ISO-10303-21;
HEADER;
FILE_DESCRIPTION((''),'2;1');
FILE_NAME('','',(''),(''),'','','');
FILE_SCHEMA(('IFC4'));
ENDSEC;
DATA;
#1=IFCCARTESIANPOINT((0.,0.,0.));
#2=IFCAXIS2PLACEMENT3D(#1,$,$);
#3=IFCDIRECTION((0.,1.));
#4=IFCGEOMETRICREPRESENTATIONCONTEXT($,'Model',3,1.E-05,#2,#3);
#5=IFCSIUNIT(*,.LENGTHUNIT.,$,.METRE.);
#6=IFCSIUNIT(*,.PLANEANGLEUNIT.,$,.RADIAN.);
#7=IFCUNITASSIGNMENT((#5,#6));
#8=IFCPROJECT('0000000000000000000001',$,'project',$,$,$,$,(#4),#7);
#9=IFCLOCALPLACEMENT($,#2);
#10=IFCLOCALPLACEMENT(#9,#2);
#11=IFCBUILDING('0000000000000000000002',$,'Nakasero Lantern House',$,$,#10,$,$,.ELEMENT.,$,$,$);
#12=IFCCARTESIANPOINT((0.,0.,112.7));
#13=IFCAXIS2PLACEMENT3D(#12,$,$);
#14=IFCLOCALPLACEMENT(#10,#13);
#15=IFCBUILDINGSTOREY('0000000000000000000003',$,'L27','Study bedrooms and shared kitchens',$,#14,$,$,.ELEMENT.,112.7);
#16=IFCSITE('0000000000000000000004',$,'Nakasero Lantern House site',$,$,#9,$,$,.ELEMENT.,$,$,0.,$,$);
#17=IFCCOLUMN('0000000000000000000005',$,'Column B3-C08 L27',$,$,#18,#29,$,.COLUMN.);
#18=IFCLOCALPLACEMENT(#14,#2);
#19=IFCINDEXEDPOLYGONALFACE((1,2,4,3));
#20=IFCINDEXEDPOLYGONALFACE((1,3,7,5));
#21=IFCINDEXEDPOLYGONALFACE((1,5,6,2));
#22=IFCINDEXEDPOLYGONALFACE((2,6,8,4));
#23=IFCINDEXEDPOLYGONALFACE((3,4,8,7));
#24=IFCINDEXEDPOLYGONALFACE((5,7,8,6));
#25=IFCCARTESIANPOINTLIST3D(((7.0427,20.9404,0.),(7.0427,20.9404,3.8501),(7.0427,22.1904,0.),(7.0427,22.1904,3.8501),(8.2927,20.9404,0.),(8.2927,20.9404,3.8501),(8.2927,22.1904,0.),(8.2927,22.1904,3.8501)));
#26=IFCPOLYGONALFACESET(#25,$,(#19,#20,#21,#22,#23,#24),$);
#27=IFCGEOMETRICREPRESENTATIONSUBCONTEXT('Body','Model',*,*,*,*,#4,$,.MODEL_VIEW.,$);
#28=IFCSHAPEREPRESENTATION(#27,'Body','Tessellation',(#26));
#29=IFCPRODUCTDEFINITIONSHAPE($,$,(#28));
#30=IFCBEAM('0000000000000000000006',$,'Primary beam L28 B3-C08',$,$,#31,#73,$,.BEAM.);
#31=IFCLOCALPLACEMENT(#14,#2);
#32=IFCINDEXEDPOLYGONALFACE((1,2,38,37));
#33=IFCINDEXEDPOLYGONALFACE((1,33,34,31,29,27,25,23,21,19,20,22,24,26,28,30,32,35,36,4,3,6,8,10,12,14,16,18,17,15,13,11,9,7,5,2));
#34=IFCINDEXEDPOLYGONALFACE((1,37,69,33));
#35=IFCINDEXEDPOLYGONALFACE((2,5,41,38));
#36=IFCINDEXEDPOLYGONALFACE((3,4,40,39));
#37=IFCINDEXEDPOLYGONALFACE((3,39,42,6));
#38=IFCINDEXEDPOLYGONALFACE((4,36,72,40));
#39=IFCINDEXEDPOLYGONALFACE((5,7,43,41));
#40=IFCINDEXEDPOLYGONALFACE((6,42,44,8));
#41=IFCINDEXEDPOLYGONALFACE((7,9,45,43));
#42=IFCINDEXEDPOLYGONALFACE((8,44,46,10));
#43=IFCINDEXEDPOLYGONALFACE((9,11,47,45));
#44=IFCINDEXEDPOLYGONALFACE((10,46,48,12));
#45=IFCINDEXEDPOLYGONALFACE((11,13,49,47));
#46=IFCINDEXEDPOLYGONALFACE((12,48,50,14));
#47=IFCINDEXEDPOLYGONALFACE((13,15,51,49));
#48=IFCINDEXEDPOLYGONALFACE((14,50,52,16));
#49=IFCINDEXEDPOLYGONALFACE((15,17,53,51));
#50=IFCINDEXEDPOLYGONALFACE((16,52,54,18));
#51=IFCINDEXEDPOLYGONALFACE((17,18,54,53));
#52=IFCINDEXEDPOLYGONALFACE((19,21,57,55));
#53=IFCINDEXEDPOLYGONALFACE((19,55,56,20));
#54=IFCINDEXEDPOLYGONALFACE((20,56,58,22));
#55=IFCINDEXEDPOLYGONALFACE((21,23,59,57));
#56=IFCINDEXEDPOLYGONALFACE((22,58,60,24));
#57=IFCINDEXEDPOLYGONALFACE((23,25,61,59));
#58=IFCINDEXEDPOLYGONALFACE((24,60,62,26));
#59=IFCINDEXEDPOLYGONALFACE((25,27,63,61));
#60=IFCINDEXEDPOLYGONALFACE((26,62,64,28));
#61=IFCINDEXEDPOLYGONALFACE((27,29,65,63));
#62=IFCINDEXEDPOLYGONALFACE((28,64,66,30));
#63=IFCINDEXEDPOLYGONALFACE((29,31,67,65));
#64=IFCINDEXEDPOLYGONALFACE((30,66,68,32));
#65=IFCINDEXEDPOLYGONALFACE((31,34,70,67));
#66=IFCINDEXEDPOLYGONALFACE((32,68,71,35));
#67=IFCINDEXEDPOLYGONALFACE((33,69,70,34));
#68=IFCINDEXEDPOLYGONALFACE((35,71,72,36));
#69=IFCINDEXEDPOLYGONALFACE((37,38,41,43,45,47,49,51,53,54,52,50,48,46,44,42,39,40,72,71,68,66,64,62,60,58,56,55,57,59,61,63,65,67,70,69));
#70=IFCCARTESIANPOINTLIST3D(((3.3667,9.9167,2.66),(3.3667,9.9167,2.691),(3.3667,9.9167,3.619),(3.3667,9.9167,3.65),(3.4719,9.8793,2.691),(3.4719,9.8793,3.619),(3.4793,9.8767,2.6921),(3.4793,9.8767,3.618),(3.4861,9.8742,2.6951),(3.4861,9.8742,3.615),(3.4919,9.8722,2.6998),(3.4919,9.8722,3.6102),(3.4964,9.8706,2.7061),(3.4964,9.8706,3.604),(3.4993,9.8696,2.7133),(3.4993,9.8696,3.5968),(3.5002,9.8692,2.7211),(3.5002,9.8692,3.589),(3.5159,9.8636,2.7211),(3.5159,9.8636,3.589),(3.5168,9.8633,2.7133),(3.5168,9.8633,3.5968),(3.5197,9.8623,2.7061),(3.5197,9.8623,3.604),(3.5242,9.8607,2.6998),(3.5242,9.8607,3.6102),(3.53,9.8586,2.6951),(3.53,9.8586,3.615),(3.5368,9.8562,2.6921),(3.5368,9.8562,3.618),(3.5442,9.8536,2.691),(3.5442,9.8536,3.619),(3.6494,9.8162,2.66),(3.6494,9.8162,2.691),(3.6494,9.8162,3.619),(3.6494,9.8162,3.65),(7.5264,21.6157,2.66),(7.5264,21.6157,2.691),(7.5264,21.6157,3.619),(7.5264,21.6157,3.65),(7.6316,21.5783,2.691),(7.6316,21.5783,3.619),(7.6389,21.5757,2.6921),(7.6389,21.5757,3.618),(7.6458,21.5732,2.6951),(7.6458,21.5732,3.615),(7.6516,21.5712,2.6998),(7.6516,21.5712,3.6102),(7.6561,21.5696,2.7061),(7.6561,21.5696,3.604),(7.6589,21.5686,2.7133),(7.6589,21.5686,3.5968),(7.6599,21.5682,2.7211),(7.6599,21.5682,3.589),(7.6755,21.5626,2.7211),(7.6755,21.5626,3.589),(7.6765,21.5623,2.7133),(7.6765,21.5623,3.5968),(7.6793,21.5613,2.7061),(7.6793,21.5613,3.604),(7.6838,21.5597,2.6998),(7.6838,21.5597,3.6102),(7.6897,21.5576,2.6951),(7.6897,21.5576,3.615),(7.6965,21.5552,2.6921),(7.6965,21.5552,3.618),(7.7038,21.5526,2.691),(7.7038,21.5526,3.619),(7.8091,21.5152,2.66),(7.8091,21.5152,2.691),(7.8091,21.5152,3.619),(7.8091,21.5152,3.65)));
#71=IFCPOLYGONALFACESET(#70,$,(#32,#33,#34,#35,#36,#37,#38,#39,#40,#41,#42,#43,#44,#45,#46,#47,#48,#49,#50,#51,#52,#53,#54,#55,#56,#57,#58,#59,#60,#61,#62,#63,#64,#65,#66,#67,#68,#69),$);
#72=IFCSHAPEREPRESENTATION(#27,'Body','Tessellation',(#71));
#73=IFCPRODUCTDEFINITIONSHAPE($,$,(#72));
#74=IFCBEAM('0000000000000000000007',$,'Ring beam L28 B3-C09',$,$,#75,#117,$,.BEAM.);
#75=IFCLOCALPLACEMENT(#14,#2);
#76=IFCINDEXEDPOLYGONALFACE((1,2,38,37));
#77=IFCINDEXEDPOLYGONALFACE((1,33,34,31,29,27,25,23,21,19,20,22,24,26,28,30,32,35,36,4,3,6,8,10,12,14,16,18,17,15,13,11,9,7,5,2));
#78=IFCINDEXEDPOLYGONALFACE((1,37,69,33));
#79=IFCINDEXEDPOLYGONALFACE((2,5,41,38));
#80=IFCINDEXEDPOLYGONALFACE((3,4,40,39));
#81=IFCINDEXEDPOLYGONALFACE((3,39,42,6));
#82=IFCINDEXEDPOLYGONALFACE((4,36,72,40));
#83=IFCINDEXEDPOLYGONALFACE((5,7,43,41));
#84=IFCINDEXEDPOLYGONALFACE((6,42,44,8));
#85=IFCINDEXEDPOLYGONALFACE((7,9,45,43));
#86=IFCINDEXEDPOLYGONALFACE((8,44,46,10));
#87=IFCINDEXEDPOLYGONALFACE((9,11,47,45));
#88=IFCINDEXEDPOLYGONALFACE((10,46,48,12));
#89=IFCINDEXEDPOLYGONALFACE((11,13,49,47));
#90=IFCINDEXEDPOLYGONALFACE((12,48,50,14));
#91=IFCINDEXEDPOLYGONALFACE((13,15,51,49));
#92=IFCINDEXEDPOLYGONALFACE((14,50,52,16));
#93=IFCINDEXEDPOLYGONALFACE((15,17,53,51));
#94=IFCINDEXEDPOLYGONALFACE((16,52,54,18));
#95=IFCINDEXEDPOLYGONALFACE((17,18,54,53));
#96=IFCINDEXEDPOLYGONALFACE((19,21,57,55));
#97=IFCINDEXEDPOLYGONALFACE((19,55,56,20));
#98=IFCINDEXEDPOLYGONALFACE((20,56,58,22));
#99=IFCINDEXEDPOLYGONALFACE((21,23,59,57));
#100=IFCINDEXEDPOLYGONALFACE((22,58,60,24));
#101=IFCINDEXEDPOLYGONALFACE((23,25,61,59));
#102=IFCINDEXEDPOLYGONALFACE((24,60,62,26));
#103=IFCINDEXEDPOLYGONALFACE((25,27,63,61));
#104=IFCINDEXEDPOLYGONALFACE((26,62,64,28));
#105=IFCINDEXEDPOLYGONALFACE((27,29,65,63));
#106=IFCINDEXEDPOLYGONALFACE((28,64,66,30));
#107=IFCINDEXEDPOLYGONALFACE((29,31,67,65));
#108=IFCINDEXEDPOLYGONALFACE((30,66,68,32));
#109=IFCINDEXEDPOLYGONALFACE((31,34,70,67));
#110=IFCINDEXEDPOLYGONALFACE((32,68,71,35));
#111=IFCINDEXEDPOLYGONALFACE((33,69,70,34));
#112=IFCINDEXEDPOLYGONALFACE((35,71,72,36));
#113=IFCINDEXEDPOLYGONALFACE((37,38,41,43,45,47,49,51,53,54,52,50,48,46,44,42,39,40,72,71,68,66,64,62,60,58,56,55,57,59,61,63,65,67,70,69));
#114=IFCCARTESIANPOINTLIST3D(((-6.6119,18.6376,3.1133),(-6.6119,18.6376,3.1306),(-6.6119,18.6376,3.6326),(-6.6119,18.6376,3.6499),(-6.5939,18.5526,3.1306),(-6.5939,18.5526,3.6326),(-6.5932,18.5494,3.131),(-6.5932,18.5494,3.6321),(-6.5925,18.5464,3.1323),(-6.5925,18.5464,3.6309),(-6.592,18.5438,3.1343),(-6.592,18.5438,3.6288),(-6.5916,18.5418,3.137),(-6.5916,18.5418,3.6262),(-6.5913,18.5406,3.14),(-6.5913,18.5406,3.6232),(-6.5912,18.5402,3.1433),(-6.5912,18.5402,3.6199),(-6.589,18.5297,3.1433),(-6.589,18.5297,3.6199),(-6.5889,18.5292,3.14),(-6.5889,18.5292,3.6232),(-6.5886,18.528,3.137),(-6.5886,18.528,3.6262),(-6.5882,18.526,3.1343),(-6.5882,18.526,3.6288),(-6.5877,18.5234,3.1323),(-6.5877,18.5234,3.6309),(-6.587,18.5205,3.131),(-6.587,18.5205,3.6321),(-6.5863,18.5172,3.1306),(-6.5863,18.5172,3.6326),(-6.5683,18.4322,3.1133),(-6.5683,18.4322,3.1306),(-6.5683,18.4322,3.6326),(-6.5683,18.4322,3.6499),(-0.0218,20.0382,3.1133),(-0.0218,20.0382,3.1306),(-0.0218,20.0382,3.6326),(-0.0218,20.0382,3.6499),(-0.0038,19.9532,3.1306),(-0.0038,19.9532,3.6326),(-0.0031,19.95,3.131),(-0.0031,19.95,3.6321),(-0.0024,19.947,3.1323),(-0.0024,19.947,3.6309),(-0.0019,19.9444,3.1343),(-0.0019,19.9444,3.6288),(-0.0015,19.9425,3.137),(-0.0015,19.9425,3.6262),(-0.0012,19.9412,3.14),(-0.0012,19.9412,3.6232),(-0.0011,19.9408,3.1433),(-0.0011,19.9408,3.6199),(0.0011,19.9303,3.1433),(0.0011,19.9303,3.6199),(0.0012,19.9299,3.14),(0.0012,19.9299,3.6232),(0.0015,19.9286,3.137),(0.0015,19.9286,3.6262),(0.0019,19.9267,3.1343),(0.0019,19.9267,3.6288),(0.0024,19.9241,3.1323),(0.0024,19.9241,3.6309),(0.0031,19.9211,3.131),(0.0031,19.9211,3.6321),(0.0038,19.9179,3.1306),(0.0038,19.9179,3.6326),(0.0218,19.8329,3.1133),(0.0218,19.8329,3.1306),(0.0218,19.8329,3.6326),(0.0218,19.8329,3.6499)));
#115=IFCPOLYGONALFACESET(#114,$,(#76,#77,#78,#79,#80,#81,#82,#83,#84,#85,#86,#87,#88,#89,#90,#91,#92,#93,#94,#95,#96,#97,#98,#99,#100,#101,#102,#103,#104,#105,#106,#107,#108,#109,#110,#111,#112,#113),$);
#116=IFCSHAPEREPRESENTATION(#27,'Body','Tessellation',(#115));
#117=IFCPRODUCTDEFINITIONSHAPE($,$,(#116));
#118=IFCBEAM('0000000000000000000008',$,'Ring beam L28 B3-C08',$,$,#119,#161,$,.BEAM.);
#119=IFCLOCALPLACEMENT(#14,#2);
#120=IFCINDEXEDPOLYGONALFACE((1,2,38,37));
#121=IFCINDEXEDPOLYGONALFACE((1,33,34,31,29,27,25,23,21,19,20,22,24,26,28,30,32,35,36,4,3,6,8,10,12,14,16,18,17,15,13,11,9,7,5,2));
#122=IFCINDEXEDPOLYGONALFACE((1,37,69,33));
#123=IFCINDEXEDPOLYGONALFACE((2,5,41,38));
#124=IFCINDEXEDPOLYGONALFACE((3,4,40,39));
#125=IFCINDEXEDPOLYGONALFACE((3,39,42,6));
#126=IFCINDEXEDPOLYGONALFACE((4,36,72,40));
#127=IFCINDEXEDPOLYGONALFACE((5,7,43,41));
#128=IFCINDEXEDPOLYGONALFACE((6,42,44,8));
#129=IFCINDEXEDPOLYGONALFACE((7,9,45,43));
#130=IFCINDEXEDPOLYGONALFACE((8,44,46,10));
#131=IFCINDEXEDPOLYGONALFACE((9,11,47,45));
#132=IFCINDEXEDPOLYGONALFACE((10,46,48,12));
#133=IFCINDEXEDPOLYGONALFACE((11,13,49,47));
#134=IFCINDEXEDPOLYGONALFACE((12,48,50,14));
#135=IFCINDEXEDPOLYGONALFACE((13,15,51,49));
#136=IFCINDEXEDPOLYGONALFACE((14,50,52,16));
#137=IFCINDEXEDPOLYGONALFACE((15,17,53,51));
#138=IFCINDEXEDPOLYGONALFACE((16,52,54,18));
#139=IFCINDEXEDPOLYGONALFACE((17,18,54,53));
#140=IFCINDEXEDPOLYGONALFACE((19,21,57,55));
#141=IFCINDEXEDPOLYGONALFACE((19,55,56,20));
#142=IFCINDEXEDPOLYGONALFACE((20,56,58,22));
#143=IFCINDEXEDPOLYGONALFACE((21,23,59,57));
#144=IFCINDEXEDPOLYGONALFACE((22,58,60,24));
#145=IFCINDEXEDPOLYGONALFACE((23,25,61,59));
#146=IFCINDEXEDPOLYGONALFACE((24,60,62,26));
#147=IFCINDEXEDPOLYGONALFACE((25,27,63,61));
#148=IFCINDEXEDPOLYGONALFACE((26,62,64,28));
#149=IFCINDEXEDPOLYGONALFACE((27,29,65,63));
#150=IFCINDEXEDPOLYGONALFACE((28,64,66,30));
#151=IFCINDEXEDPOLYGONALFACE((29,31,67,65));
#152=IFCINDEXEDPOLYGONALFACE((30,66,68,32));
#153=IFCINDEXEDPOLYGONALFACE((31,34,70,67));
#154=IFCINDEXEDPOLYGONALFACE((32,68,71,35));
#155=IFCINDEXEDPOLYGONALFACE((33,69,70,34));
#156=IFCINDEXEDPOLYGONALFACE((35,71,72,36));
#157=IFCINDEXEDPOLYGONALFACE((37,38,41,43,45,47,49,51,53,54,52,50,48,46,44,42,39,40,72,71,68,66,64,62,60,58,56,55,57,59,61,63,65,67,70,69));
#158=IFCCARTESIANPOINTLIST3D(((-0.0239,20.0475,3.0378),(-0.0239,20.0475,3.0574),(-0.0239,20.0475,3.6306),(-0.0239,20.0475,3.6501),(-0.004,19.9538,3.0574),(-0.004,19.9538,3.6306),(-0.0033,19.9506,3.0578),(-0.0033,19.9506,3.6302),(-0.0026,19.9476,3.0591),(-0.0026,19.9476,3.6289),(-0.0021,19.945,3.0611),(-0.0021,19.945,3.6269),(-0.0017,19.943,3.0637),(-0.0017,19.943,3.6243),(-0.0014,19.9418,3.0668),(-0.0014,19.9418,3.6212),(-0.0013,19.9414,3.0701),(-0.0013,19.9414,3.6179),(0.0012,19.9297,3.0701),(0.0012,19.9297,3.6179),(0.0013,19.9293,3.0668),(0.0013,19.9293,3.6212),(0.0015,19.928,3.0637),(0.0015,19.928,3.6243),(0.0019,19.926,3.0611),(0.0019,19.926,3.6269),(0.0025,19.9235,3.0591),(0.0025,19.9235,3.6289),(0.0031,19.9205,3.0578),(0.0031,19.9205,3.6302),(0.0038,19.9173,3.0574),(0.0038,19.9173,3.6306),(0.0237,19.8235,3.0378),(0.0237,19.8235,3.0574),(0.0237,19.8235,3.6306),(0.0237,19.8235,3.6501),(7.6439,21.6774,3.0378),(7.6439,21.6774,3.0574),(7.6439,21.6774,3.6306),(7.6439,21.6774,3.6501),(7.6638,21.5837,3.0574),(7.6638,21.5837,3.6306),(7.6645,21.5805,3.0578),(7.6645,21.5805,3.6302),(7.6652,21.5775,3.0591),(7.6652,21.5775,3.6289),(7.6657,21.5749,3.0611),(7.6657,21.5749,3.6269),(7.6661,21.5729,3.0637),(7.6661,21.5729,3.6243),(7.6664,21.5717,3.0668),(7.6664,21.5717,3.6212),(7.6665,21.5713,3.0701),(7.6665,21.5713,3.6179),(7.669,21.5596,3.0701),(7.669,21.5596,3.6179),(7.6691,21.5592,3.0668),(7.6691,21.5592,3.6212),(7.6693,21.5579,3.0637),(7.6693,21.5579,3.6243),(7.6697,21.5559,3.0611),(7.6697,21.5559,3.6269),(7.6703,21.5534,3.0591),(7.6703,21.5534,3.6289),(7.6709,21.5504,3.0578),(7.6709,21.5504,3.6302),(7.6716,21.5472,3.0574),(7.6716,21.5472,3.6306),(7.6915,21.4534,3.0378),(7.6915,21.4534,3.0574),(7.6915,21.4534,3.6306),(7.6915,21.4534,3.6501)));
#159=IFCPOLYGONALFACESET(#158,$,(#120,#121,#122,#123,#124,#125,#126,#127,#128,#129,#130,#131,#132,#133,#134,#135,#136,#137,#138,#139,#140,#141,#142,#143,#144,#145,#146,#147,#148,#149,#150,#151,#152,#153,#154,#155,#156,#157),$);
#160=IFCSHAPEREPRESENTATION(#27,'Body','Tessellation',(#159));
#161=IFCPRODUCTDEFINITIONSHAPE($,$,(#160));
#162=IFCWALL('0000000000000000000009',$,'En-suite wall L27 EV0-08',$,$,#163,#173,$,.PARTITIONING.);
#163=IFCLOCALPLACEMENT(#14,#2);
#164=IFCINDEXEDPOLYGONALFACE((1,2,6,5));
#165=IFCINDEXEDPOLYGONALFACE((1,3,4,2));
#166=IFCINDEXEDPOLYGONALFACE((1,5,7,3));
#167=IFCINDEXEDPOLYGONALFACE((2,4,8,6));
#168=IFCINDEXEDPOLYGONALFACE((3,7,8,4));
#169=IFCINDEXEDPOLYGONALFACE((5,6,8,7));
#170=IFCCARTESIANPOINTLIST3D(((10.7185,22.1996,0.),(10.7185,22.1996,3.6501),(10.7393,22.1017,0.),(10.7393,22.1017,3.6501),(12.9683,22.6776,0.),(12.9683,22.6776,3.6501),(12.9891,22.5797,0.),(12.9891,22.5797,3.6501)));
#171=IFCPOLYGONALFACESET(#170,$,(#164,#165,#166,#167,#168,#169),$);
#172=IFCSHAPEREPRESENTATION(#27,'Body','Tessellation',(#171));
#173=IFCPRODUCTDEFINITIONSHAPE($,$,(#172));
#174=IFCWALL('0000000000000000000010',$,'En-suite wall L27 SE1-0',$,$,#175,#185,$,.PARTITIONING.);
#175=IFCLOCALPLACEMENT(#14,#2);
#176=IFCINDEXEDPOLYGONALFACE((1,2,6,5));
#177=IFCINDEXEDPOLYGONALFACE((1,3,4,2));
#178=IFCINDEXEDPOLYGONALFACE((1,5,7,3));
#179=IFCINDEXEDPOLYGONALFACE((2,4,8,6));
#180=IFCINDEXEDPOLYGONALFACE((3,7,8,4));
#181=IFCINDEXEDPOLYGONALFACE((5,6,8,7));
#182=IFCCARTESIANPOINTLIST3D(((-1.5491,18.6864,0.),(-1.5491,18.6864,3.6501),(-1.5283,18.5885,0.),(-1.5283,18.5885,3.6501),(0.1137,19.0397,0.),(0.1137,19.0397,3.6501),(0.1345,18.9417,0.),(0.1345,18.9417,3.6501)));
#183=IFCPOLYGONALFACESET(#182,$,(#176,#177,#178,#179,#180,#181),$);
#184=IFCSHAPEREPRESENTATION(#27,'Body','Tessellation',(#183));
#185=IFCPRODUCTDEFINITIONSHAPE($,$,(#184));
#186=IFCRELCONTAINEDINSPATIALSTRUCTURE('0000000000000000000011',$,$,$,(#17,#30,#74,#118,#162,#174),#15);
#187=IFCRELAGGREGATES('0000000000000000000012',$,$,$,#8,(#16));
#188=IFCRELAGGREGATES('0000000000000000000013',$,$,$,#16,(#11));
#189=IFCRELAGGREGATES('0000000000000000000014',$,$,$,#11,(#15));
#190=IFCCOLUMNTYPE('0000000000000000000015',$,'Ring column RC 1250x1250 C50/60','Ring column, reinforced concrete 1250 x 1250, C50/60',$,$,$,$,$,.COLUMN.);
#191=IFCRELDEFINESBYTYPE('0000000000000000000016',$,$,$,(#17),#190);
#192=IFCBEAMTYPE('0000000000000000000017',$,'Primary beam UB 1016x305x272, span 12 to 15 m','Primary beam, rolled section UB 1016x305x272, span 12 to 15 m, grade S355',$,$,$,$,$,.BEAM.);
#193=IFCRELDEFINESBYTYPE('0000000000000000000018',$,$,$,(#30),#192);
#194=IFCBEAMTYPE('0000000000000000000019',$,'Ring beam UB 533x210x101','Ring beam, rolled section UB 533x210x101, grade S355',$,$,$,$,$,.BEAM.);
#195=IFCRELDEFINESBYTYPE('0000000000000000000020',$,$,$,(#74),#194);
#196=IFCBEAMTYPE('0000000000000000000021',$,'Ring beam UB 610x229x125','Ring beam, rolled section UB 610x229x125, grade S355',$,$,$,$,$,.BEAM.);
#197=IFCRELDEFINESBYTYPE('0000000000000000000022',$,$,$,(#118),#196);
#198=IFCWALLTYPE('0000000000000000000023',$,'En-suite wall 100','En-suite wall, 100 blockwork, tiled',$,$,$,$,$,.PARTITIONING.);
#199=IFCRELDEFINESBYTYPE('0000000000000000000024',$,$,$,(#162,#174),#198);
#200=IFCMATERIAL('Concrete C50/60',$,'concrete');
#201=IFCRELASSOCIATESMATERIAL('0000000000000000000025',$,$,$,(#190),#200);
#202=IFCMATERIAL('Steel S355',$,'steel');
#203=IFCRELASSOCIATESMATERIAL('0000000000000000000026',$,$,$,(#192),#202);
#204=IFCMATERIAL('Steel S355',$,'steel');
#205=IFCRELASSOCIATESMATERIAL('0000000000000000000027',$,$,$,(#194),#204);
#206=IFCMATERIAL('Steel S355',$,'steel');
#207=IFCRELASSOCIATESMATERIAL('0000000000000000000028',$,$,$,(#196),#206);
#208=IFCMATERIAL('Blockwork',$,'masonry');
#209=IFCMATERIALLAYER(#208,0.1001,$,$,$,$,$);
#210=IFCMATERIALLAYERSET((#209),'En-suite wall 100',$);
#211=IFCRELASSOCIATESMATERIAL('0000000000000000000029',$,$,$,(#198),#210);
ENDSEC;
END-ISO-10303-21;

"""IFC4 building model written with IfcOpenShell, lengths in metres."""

from ifc_helpers import new_model, si_unit, direction, frame, frame_2d, origin, origin_2d, place, context, subcontext, project, spatial, rectangle, i_section, extrude, material, layer, layer_set, material_profile, profile_set, type_object, element, save


model = new_model("IFC4")

# Units and contexts
model_context = context("Model", 3, precision=1e-05, world=origin(), true_north=direction((0.0, 1.0)))
body_context = subcontext(model_context, "Body", "Model", "MODEL_VIEW")
ifc_project = project(units=[si_unit("LENGTHUNIT", "METRE"), si_unit("PLANEANGLEUNIT", "RADIAN")], contexts=[model_context])

# Site, building, storey
site_placement = place(None, origin())
site = spatial("IfcSite", under=ifc_project, at=site_placement, Name="Nakasero Lantern House site", CompositionType="ELEMENT", RefElevation=0.0)
building_placement = place(site_placement, origin())
building = spatial("IfcBuilding", under=site, at=building_placement, Name="Nakasero Lantern House", CompositionType="ELEMENT")
storey_placement = place(building_placement, frame((0.0, 0.0, 112.7)))
storey = spatial("IfcBuildingStorey", under=building, at=storey_placement, Name="L27", Description="Study bedrooms and shared kitchens", CompositionType="ELEMENT", Elevation=112.7)

# Column
ifc_material_1 = material(Name="Concrete C50/60", Category="concrete")
ifc_material_profile_1 = material_profile(ifc_material_1, rectangle(XDim=1.25, YDim=1.25, at=origin_2d()), Name="RC 1250x1250")
ifc_profile_set_1 = profile_set([ifc_material_profile_1], Name="Concrete C50/60")
column_type = type_object("IfcColumnType", Name="Ring column RC 1250x1250 C50/60", Description="Ring column, reinforced concrete 1250 x 1250, C50/60", PredefinedType="COLUMN", material=ifc_profile_set_1)
column_placement = place(storey_placement, frame((7.6677, 21.5654, 0.0), z_axis=(0.0, 0.0, 1.0), x_axis=(1.0, 0.0, 0.0)))
element("IfcColumn", 1, at=column_placement, inside=storey, type_object=column_type, Name="Column B3-C08 L27", PredefinedType="COLUMN", context=body_context, shape_type="SweptSolid", body=[
    extrude(rectangle(XDim=1.25, YDim=1.25, at=origin_2d()), origin(), (0.0, 0.0, 1.0), 3.8501),
])

# Beams
ifc_material_2 = material(Name="Steel S355", Category="steel")
ifc_material_profile_2 = material_profile(ifc_material_2, i_section(OverallWidth=0.3, OverallDepth=0.99, WebThickness=0.0166, FlangeThickness=0.031, FilletRadius=0.03, at=origin_2d()), Name="UB 1016x305x272")
ifc_profile_set_2 = profile_set([ifc_material_profile_2], Name="Steel S355")
beam_type_1 = type_object("IfcBeamType", Name="Primary beam UB 1016x305x272, span 12 to 15 m", Description="Primary beam, rolled section UB 1016x305x272, span 12 to 15 m, grade S355", PredefinedType="BEAM", material=ifc_profile_set_2)
beam_1_placement = place(storey_placement, frame((7.6677, 21.5654, 3.155), z_axis=(-0.335012, -0.942214, 0.0), x_axis=(0.942214, -0.335012, 0.0)))
element("IfcBeam", 2, at=beam_1_placement, inside=storey, type_object=beam_type_1, Name="Primary beam L28 B3-C08", PredefinedType="BEAM", context=body_context, shape_type="SweptSolid", body=[
    extrude(i_section(OverallWidth=0.3, OverallDepth=0.99, WebThickness=0.0166, FlangeThickness=0.031, FilletRadius=0.03, at=origin_2d()), origin(), (0.0, 0.0, 1.0), 12.4165),
])
ifc_material_3 = material(Name="Steel S355", Category="steel")
ifc_material_profile_3 = material_profile(ifc_material_3, i_section(OverallWidth=0.21, OverallDepth=0.5366, WebThickness=0.0107, FlangeThickness=0.0173, FilletRadius=0.0127, at=origin_2d()), Name="UB 533x210x101")
ifc_profile_set_3 = profile_set([ifc_material_profile_3], Name="Steel S355")
beam_type_2 = type_object("IfcBeamType", Name="Ring beam UB 533x210x101", Description="Ring beam, rolled section UB 533x210x101, grade S355", PredefinedType="BEAM", material=ifc_profile_set_3)
beam_2_placement = place(storey_placement, frame((0.0, 19.9355, 3.3816), z_axis=(-0.978152, -0.207893, 0.0), x_axis=(0.207893, -0.978152, 0.0)))
element("IfcBeam", 3, at=beam_2_placement, inside=storey, type_object=beam_type_2, Name="Ring beam L28 B3-C09", PredefinedType="BEAM", context=body_context, shape_type="SweptSolid", body=[
    extrude(i_section(OverallWidth=0.21, OverallDepth=0.5366, WebThickness=0.0107, FlangeThickness=0.0173, FilletRadius=0.0127, at=origin_2d()), origin(), (0.0, 0.0, 1.0), 6.7373),
])
ifc_material_4 = material(Name="Steel S355", Category="steel")
ifc_material_profile_4 = material_profile(ifc_material_4, i_section(OverallWidth=0.229, OverallDepth=0.6123, WebThickness=0.012, FlangeThickness=0.0195, FilletRadius=0.0127, at=origin_2d()), Name="UB 610x229x125")
ifc_profile_set_4 = profile_set([ifc_material_profile_4], Name="Steel S355")
beam_type_3 = type_object("IfcBeamType", Name="Ring beam UB 610x229x125", Description="Ring beam, rolled section UB 610x229x125, grade S355", PredefinedType="BEAM", material=ifc_profile_set_4)
beam_3_placement = place(storey_placement, frame((7.6677, 21.5654, 3.344), z_axis=(-0.978146, -0.207919, 0.0), x_axis=(0.207919, -0.978146, 0.0)))
element("IfcBeam", 4, at=beam_3_placement, inside=storey, type_object=beam_type_3, Name="Ring beam L28 B3-C08", PredefinedType="BEAM", context=body_context, shape_type="SweptSolid", body=[
    extrude(i_section(OverallWidth=0.229, OverallDepth=0.6123, WebThickness=0.012, FlangeThickness=0.0195, FilletRadius=0.0127, at=origin_2d()), origin(), (0.0, 0.0, 1.0), 7.8391),
])

# Walls
ifc_material_5 = material(Name="Blockwork", Category="masonry")
ifc_layer_1 = layer(ifc_material_5, 0.1001)
ifc_layer_set_1 = layer_set([ifc_layer_1], Name="En-suite wall 100")
wall_type_1 = type_object("IfcWallType", Name="En-suite wall 100", Description="En-suite wall, 100 blockwork, tiled", PredefinedType="PARTITIONING", material=ifc_layer_set_1)
wall_1_placement = place(storey_placement, frame((10.729, 22.1506, 0.0), z_axis=(0.0, 0.0, 1.0), x_axis=(0.978163, 0.20784, 0.0)))
element("IfcWall", 5, at=wall_1_placement, inside=storey, type_object=wall_type_1, Name="En-suite wall L27 EV0-08", PredefinedType="PARTITIONING", context=body_context, shape_type="SweptSolid", body=[
    extrude(rectangle(XDim=2.3, YDim=0.1001, at=frame_2d((1.1499, 0.0))), origin(), (0.0, 0.0, 1.0), 3.6501),
])
wall_2_placement = place(storey_placement, frame((0.1243, 18.9907, 0.0), z_axis=(0.0, 0.0, 1.0), x_axis=(-0.978169, -0.207812, 0.0)))
element("IfcWall", 6, at=wall_2_placement, inside=storey, type_object=wall_type_1, Name="En-suite wall L27 SE1-0", PredefinedType="PARTITIONING", context=body_context, shape_type="SweptSolid", body=[
    extrude(rectangle(XDim=1.7, YDim=0.1001, at=frame_2d((0.8501, 0.0))), origin(), (0.0, 0.0, 1.0), 3.6501),
])

save(model, "model.ifc")
